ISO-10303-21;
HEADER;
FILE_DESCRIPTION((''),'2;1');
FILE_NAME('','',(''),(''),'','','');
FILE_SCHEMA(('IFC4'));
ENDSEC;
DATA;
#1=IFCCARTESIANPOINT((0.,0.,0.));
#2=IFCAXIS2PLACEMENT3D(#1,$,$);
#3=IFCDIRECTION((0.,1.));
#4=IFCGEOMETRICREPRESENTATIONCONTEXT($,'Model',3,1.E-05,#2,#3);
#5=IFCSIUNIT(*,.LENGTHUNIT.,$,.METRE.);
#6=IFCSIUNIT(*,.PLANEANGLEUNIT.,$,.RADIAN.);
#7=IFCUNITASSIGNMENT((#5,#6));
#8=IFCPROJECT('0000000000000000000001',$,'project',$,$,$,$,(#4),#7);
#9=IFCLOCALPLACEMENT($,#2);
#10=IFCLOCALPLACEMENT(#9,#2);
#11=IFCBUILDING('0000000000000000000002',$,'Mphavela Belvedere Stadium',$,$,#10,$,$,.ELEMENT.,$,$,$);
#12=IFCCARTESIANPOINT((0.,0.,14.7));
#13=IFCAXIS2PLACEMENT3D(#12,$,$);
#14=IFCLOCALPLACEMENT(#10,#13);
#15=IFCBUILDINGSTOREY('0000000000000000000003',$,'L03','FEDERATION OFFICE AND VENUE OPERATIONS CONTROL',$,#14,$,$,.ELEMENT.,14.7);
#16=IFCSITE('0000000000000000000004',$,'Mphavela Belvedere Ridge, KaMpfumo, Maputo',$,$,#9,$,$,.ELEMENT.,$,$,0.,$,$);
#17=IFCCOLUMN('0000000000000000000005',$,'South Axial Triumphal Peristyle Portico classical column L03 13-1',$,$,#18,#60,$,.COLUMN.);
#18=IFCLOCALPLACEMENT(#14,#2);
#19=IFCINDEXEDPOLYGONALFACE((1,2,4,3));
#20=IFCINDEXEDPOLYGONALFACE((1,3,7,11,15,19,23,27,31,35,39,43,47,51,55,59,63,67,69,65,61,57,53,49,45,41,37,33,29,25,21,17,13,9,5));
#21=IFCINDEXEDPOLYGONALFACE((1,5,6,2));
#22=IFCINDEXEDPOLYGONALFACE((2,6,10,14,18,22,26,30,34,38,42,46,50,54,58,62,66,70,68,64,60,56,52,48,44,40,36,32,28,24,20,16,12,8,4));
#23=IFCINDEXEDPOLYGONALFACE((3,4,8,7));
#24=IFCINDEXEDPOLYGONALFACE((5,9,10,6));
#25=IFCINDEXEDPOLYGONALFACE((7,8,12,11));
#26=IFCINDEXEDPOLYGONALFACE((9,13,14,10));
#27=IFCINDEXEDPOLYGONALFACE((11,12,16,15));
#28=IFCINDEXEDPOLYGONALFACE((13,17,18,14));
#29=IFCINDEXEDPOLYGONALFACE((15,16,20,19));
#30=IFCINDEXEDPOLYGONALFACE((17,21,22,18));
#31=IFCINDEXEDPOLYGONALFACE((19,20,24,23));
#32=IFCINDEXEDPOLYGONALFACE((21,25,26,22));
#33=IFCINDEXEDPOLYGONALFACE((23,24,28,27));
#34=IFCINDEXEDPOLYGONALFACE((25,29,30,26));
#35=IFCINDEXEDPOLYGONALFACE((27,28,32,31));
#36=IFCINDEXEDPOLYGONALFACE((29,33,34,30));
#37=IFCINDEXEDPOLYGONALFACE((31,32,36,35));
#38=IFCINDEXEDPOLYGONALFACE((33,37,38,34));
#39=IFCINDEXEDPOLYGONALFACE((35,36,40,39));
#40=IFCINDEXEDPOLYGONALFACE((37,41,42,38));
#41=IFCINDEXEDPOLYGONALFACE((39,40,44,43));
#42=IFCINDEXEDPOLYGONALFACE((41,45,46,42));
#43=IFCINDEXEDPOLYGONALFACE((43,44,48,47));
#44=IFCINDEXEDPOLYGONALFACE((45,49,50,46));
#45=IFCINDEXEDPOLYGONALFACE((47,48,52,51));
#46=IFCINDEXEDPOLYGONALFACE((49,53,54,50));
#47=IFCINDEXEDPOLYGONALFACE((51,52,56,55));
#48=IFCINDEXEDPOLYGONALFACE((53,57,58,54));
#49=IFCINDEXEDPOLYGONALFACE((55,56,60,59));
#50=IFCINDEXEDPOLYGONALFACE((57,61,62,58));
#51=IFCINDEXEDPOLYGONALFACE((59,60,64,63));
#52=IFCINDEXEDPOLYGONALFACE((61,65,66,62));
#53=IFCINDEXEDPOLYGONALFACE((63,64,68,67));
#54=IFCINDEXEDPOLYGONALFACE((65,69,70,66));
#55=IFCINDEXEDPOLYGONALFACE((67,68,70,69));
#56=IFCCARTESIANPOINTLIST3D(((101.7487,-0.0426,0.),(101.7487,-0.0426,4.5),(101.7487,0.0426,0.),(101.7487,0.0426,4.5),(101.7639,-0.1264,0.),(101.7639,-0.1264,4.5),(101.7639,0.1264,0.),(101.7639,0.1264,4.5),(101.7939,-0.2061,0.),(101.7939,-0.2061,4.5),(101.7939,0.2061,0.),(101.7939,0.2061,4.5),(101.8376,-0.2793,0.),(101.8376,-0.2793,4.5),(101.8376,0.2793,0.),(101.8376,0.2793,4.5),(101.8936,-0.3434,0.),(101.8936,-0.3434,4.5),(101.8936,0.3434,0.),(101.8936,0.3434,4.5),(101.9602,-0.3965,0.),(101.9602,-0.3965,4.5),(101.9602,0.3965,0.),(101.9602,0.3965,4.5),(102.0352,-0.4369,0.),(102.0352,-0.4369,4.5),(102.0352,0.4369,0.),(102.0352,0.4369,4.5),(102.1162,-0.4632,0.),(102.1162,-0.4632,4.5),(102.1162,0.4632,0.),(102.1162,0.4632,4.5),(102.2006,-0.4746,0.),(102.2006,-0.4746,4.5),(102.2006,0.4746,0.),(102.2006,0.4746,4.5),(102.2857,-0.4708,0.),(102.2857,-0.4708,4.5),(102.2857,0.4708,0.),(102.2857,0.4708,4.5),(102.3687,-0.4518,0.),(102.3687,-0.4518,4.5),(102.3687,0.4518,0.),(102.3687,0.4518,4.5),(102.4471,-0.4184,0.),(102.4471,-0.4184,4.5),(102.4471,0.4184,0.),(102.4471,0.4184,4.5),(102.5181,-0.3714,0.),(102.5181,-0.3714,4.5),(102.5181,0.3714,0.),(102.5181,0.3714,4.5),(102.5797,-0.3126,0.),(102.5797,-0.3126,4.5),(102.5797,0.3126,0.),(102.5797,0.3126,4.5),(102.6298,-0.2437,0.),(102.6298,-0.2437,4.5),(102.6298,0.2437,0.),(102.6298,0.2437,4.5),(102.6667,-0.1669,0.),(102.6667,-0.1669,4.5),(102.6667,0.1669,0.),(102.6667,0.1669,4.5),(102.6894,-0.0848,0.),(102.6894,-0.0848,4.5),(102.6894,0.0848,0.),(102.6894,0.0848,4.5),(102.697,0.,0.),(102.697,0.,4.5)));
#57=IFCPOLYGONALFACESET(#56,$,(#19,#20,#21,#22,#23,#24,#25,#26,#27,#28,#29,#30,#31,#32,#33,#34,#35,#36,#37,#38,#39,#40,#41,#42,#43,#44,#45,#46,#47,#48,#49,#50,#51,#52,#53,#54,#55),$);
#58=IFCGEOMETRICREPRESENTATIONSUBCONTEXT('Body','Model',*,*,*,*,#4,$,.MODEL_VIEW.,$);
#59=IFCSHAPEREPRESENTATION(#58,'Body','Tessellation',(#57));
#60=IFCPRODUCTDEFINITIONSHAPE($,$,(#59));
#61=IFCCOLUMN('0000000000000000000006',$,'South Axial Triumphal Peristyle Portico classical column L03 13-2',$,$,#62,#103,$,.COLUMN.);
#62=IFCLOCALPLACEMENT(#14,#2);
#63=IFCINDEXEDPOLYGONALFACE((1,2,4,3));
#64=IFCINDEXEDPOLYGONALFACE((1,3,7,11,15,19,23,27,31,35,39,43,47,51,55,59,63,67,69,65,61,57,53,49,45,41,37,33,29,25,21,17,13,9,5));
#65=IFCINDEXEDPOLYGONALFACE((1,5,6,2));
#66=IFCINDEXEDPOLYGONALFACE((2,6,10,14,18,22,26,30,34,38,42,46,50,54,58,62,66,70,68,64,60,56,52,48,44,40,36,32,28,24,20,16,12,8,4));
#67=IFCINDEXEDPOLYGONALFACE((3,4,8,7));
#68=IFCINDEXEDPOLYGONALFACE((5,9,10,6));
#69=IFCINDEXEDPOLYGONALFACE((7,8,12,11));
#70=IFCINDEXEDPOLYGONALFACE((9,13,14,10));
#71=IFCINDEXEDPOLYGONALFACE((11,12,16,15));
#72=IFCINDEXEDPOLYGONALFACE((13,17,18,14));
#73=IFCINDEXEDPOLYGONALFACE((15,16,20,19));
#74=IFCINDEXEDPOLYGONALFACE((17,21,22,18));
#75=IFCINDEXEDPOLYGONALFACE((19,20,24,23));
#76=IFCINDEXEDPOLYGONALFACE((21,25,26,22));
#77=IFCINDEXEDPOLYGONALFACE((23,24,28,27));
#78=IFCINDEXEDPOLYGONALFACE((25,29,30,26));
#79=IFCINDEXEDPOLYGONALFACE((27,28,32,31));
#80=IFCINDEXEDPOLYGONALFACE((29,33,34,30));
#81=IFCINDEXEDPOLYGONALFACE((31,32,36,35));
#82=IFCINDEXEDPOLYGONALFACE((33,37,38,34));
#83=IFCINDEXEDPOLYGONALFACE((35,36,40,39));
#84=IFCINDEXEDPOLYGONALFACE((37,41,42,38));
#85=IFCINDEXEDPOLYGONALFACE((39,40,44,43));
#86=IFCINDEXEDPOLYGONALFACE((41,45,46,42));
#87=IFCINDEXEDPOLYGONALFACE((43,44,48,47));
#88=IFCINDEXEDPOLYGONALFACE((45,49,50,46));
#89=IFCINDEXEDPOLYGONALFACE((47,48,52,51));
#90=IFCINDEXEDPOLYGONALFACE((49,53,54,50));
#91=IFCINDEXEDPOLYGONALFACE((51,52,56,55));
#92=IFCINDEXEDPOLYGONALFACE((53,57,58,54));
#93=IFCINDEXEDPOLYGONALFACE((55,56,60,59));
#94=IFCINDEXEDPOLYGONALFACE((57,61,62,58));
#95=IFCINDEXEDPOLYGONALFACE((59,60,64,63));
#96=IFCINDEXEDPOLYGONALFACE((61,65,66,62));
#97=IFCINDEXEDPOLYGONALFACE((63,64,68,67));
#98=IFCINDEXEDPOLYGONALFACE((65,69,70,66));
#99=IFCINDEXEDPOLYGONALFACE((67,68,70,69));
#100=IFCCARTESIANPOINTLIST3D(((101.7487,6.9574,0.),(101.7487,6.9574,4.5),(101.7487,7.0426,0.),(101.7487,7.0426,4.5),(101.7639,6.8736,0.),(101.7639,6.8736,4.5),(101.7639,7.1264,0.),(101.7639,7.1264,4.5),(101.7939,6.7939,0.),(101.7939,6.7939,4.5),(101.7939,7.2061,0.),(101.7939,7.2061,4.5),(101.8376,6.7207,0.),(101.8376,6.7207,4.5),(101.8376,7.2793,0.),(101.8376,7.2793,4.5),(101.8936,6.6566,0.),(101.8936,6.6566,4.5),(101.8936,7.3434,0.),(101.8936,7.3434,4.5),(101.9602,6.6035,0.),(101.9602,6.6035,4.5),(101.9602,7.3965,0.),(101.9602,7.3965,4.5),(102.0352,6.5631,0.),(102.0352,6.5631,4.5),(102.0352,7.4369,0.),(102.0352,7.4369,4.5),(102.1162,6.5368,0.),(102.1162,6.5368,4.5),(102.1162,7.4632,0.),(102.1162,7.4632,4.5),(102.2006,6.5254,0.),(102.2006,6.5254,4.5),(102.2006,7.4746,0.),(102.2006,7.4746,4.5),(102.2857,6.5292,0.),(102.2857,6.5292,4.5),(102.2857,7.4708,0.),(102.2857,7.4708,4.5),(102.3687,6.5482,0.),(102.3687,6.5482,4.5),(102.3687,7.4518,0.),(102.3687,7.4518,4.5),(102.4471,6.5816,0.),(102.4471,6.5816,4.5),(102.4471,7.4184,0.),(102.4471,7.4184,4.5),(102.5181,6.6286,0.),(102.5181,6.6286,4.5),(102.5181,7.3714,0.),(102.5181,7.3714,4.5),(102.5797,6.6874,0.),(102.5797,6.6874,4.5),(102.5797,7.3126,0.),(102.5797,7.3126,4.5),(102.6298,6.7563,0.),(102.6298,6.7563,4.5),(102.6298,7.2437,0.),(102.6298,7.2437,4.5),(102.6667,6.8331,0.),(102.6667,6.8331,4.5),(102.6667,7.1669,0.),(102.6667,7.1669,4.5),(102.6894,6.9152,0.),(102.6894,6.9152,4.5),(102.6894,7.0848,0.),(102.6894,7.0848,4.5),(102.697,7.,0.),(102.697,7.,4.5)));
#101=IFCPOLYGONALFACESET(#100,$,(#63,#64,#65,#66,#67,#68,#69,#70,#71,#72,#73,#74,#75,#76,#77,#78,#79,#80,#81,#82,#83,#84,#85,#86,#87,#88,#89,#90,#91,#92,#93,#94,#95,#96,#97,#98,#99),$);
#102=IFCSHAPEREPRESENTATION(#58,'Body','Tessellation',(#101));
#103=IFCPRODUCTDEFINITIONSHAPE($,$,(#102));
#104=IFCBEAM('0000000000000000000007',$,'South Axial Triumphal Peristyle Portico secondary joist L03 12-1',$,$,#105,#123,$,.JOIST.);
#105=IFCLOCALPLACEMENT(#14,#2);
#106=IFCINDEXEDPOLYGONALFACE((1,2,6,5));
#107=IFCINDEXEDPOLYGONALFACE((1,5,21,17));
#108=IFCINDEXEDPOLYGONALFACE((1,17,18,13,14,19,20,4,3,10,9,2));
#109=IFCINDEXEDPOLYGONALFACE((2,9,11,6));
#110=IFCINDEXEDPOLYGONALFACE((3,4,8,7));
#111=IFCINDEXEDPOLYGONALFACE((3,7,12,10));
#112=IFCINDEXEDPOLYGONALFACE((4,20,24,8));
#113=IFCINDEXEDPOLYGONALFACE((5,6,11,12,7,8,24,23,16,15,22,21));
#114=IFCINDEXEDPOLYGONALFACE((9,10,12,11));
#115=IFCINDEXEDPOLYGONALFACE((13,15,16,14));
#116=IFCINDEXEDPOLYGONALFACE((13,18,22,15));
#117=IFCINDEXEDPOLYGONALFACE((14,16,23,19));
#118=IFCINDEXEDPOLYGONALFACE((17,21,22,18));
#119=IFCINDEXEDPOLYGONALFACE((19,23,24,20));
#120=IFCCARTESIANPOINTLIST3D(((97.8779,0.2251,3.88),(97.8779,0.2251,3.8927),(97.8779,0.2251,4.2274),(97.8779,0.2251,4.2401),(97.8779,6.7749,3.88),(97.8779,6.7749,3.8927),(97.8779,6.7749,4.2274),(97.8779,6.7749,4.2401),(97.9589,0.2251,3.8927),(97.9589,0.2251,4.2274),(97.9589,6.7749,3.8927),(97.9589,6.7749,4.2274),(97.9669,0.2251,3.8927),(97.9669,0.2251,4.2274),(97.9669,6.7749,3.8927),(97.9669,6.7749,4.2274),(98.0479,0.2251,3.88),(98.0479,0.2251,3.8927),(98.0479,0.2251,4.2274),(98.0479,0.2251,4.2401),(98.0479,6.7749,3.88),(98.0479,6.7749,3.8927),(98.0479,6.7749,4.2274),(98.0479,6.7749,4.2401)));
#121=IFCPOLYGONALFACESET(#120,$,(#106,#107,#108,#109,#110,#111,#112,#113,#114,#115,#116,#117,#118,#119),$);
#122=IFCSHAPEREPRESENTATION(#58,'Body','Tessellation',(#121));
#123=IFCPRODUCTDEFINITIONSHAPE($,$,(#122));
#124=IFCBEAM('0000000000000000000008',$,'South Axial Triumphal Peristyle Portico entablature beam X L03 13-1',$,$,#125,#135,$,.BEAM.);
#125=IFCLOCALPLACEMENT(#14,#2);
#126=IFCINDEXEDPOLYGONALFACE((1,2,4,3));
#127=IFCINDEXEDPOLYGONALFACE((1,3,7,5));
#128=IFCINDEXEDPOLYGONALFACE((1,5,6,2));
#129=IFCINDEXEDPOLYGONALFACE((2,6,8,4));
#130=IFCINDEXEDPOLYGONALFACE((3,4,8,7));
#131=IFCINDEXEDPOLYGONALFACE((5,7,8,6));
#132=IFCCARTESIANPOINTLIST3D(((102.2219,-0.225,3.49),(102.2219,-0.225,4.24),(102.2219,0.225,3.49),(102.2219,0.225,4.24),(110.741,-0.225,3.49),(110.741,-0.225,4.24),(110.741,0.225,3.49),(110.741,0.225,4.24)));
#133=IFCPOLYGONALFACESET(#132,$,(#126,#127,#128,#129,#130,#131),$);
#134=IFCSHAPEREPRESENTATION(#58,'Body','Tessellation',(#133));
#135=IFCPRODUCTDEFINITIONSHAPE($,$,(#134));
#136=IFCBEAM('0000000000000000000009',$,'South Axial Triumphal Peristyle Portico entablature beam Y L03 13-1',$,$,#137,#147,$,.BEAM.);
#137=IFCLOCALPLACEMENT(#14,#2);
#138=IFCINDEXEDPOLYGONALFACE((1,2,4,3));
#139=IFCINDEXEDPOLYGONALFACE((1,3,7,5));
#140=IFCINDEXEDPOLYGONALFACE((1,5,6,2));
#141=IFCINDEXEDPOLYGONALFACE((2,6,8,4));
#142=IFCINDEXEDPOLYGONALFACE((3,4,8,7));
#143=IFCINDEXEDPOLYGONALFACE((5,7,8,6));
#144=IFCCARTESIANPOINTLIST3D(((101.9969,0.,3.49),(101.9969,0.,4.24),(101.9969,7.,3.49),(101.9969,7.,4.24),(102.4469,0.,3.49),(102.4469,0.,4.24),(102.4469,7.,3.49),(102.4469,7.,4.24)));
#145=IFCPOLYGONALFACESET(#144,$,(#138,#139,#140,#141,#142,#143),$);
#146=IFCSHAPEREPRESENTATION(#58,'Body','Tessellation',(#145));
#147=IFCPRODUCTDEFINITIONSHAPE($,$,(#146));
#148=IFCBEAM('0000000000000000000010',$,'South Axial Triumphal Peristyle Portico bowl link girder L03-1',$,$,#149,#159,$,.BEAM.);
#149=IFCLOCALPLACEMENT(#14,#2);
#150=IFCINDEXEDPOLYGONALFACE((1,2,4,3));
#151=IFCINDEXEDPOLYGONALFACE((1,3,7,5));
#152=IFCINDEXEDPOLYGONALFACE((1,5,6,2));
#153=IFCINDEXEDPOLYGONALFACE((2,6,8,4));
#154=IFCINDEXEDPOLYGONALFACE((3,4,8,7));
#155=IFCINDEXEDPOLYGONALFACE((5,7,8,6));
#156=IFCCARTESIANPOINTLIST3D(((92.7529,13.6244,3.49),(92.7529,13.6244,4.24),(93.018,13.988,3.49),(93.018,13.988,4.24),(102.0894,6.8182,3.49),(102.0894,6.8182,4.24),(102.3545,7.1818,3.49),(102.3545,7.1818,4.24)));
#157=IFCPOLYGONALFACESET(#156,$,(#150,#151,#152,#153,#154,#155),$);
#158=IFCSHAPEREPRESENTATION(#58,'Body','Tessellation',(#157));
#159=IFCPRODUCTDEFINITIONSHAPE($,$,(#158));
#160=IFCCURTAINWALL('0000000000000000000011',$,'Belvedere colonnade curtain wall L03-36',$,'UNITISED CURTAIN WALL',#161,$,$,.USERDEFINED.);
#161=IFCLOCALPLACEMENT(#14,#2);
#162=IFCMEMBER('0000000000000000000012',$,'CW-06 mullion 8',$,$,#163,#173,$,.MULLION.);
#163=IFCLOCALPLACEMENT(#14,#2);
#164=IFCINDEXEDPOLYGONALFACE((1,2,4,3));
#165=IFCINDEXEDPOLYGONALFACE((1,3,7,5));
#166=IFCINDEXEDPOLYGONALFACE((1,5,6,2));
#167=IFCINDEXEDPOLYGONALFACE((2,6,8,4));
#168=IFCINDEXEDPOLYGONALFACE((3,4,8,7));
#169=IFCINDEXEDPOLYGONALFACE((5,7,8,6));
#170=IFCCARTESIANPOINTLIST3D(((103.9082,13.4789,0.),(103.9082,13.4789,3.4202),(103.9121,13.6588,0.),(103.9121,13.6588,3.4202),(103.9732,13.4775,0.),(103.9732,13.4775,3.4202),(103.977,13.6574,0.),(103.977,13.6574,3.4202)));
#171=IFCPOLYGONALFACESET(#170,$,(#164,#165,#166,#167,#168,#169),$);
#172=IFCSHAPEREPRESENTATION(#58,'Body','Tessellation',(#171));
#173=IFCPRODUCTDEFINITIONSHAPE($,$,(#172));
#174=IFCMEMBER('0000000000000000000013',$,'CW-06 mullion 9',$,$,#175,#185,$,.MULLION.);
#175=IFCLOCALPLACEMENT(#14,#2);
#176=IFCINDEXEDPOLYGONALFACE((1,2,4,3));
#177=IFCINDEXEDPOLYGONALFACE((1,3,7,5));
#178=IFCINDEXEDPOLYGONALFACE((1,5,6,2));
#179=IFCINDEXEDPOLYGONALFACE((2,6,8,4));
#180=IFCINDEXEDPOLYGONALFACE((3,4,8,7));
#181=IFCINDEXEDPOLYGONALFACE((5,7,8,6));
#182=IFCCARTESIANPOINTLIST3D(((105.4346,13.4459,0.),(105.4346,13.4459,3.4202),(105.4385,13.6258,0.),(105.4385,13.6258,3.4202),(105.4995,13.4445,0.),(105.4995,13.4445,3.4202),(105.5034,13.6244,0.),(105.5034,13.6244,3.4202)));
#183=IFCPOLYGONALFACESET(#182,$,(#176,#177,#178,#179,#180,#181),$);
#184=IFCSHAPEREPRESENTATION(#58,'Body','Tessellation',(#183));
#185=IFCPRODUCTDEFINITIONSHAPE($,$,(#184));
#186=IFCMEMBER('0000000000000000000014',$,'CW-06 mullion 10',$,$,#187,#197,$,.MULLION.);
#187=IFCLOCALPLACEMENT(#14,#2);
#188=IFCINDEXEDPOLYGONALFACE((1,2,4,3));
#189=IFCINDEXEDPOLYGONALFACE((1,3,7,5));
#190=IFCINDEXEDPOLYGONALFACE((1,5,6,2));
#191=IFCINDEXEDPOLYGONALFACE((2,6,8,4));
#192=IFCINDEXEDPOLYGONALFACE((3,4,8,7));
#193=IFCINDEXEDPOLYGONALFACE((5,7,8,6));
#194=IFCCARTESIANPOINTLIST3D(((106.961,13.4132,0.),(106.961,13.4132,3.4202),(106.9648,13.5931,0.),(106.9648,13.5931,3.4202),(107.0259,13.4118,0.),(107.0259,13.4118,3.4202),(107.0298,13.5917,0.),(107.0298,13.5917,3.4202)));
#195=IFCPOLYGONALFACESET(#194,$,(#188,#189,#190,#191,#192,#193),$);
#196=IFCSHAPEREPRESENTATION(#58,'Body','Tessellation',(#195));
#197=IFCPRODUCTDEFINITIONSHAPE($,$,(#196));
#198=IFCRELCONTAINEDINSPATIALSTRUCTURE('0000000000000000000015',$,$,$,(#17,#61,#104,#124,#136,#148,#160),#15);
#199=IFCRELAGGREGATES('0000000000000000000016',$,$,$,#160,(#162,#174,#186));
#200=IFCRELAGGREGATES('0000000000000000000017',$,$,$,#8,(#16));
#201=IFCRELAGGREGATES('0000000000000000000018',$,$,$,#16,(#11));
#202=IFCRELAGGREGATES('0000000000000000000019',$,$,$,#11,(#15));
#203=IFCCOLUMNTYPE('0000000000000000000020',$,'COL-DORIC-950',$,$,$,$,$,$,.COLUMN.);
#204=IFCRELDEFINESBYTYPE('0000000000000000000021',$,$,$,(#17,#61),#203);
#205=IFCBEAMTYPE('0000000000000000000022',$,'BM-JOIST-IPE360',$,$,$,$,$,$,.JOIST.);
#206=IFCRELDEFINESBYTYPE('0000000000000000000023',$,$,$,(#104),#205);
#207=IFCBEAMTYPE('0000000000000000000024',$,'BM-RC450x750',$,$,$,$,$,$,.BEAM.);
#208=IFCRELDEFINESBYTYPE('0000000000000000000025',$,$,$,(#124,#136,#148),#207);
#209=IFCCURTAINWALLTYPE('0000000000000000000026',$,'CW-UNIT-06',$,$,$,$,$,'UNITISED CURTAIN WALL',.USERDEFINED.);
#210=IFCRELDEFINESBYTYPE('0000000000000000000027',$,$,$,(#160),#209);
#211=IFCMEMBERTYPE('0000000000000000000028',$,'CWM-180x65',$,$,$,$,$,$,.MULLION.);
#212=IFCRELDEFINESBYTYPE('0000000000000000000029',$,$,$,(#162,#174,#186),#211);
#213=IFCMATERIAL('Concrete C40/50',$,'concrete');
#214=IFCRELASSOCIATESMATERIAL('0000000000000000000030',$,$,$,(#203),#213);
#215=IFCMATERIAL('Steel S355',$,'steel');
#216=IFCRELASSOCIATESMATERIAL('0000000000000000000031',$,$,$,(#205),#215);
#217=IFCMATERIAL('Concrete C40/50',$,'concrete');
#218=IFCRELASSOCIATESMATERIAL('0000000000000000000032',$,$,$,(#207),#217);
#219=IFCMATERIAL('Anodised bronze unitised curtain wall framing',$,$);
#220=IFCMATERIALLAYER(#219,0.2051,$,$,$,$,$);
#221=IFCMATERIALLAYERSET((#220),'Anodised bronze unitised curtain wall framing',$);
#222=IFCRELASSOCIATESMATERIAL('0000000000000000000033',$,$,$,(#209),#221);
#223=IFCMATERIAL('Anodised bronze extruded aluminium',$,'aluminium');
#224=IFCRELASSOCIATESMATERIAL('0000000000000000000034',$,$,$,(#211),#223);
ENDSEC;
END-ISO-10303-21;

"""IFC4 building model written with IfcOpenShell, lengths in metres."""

from ifc_helpers import new_model, si_unit, direction, frame, origin, origin_2d, place, context, subcontext, project, spatial, rectangle, circle, i_section, extrude, material, layer, layer_set, material_profile, profile_set, type_object, element, aggregate, save


model = new_model("IFC4")

# Units and contexts
model_context = context("Model", 3, precision=1e-05, world=origin(), true_north=direction((0.0, 1.0)))
body_context = subcontext(model_context, "Body", "Model", "MODEL_VIEW")
ifc_project = project(units=[si_unit("LENGTHUNIT", "METRE"), si_unit("PLANEANGLEUNIT", "RADIAN")], contexts=[model_context])

# Site, building, storey
site_placement = place(None, origin())
site = spatial("IfcSite", under=ifc_project, at=site_placement, Name="Mphavela Belvedere Ridge, KaMpfumo, Maputo", CompositionType="ELEMENT", RefElevation=0.0)
building_placement = place(site_placement, origin())
building = spatial("IfcBuilding", under=site, at=building_placement, Name="Mphavela Belvedere Stadium", CompositionType="ELEMENT")
storey_placement = place(building_placement, frame((0.0, 0.0, 14.7)))
storey = spatial("IfcBuildingStorey", under=building, at=storey_placement, Name="L03", Description="FEDERATION OFFICE AND VENUE OPERATIONS CONTROL", CompositionType="ELEMENT", Elevation=14.7)

# Columns
ifc_material_1 = material(Name="Concrete C40/50", Category="concrete")
ifc_material_profile_1 = material_profile(ifc_material_1, circle(Radius=0.4751, at=origin_2d()), Name="COL D950")
ifc_profile_set_1 = profile_set([ifc_material_profile_1], Name="Concrete C40/50")
column_type = type_object("IfcColumnType", Name="COL-DORIC-950", PredefinedType="COLUMN", material=ifc_profile_set_1)
for number, where, z_axis, x_axis, name in (
    (1, (102.2219, 0.0, 0.0), (0.0, 0.0, 1.0), (1.0, 0.0, 0.0), "South Axial Triumphal Peristyle Portico classical column L03 13-1"),
    (2, (102.2219, 7.0, 0.0), (0.0, 0.0, 1.0), (1.0, 0.0, 0.0), "South Axial Triumphal Peristyle Portico classical column L03 13-2"),
):
    element("IfcColumn", number, at=place(storey_placement, frame(where, z_axis=z_axis, x_axis=x_axis)), inside=storey, type_object=column_type, Name=name, PredefinedType="COLUMN", context=body_context, shape_type="SweptSolid", body=[
        extrude(circle(Radius=0.4751, at=origin_2d()), origin(), (0.0, 0.0, 1.0), 4.5),
    ])

# Beams
ifc_material_2 = material(Name="Steel S355", Category="steel")
ifc_material_profile_2 = material_profile(ifc_material_2, i_section(OverallWidth=0.1699, OverallDepth=0.3601, WebThickness=0.0081, FlangeThickness=0.0127, at=origin_2d()), Name="IPE 360")
ifc_profile_set_2 = profile_set([ifc_material_profile_2], Name="Steel S355")
beam_type_1 = type_object("IfcBeamType", Name="BM-JOIST-IPE360", PredefinedType="JOIST", material=ifc_profile_set_2)
beam_1_placement = place(storey_placement, frame((97.9629, 0.2251, 4.0601), z_axis=(0.0, 1.0, 0.0), x_axis=(-1.0, 0.0, 0.0)))
element("IfcBeam", 3, at=beam_1_placement, inside=storey, type_object=beam_type_1, Name="South Axial Triumphal Peristyle Portico secondary joist L03 12-1", PredefinedType="JOIST", context=body_context, shape_type="SweptSolid", body=[
    extrude(i_section(OverallWidth=0.1699, OverallDepth=0.3601, WebThickness=0.0081, FlangeThickness=0.0127, at=origin_2d()), origin(), (0.0, 0.0, 1.0), 6.5498),
])
ifc_material_3 = material(Name="Concrete C40/50", Category="concrete")
ifc_material_profile_3 = material_profile(ifc_material_3, rectangle(XDim=0.45, YDim=0.75, at=origin_2d()), Name="RC 450x750")
ifc_profile_set_3 = profile_set([ifc_material_profile_3], Name="Concrete C40/50")
beam_type_2 = type_object("IfcBeamType", Name="BM-RC450x750", PredefinedType="BEAM", material=ifc_profile_set_3)
beam_2_placement = place(storey_placement, frame((102.2219, 0.0, 3.865), z_axis=(1.0, 0.0, 0.0), x_axis=(0.0, 1.0, 0.0)))
element("IfcBeam", 4, at=beam_2_placement, inside=storey, type_object=beam_type_2, Name="South Axial Triumphal Peristyle Portico entablature beam X L03 13-1", PredefinedType="BEAM", context=body_context, shape_type="SweptSolid", body=[
    extrude(rectangle(XDim=0.45, YDim=0.75, at=origin_2d()), origin(), (0.0, 0.0, 1.0), 8.519),
])
beam_3_placement = place(storey_placement, frame((102.2219, 0.0, 3.865), z_axis=(0.0, 1.0, 0.0), x_axis=(-1.0, 0.0, 0.0)))
element("IfcBeam", 5, at=beam_3_placement, inside=storey, type_object=beam_type_2, Name="South Axial Triumphal Peristyle Portico entablature beam Y L03 13-1", PredefinedType="BEAM", context=body_context, shape_type="SweptSolid", body=[
    extrude(rectangle(XDim=0.45, YDim=0.75, at=origin_2d()), origin(), (0.0, 0.0, 1.0), 7.0),
])
beam_4_placement = place(storey_placement, frame((102.2219, 7.0, 3.865), z_axis=(-0.808076, 0.589078, 0.0), x_axis=(-0.589078, -0.808076, 0.0)))
element("IfcBeam", 6, at=beam_4_placement, inside=storey, type_object=beam_type_2, Name="South Axial Triumphal Peristyle Portico bowl link girder L03-1", PredefinedType="BEAM", context=body_context, shape_type="SweptSolid", body=[
    extrude(rectangle(XDim=0.45, YDim=0.75, at=origin_2d()), origin(), (0.0, 0.0, 1.0), 11.554),
])

# Curtain wall, members
ifc_material_4 = material(Name="Anodised bronze unitised curtain wall framing")
ifc_layer_1 = layer(ifc_material_4, 0.2051)
ifc_layer_set_1 = layer_set([ifc_layer_1], Name="Anodised bronze unitised curtain wall framing")
curtain_wall_type = type_object("IfcCurtainWallType", Name="CW-UNIT-06", ElementType="UNITISED CURTAIN WALL", PredefinedType="USERDEFINED", material=ifc_layer_set_1)
curtain_wall_placement = place(storey_placement, origin())
curtain_wall = element("IfcCurtainWall", 7, at=curtain_wall_placement, inside=storey, type_object=curtain_wall_type, Name="Belvedere colonnade curtain wall L03-36", ObjectType="UNITISED CURTAIN WALL", PredefinedType="USERDEFINED")
ifc_material_5 = material(Name="Anodised bronze extruded aluminium", Category="aluminium")
ifc_material_profile_4 = material_profile(ifc_material_5, rectangle(XDim=0.1799, YDim=0.0649, at=origin_2d()), Name="CW-MUL 180x65")
ifc_profile_set_4 = profile_set([ifc_material_profile_4], Name="Anodised bronze extruded aluminium")
member_type_1 = type_object("IfcMemberType", Name="CWM-180x65", PredefinedType="MULLION", material=ifc_profile_set_4)
member_1_placement = place(storey_placement, frame((103.9426, 13.5681, 0.0), z_axis=(0.0, 0.0, 1.0), x_axis=(0.021531, 0.999768, 0.0)))
member_1 = element("IfcMember", 8, at=member_1_placement, type_object=member_type_1, Name="CW-06 mullion 8", PredefinedType="MULLION", context=body_context, shape_type="SweptSolid", body=[
    extrude(rectangle(XDim=0.1799, YDim=0.0649, at=origin_2d()), origin(), (0.0, 0.0, 1.0), 3.4202),
])
member_2_placement = place(storey_placement, frame((105.469, 13.5352, 0.0), z_axis=(0.0, 0.0, 1.0), x_axis=(0.021531, 0.999768, 0.0)))
member_2 = element("IfcMember", 9, at=member_2_placement, type_object=member_type_1, Name="CW-06 mullion 9", PredefinedType="MULLION", context=body_context, shape_type="SweptSolid", body=[
    extrude(rectangle(XDim=0.1799, YDim=0.0649, at=origin_2d()), origin(), (0.0, 0.0, 1.0), 3.4202),
])
member_3_placement = place(storey_placement, frame((106.9954, 13.5024, 0.0), z_axis=(0.0, 0.0, 1.0), x_axis=(0.021531, 0.999768, 0.0)))
member_3 = element("IfcMember", 10, at=member_3_placement, type_object=member_type_1, Name="CW-06 mullion 10", PredefinedType="MULLION", context=body_context, shape_type="SweptSolid", body=[
    extrude(rectangle(XDim=0.1799, YDim=0.0649, at=origin_2d()), origin(), (0.0, 0.0, 1.0), 3.4202),
])
aggregate(curtain_wall, [member_1, member_2, member_3])

save(model, "model.ifc")
